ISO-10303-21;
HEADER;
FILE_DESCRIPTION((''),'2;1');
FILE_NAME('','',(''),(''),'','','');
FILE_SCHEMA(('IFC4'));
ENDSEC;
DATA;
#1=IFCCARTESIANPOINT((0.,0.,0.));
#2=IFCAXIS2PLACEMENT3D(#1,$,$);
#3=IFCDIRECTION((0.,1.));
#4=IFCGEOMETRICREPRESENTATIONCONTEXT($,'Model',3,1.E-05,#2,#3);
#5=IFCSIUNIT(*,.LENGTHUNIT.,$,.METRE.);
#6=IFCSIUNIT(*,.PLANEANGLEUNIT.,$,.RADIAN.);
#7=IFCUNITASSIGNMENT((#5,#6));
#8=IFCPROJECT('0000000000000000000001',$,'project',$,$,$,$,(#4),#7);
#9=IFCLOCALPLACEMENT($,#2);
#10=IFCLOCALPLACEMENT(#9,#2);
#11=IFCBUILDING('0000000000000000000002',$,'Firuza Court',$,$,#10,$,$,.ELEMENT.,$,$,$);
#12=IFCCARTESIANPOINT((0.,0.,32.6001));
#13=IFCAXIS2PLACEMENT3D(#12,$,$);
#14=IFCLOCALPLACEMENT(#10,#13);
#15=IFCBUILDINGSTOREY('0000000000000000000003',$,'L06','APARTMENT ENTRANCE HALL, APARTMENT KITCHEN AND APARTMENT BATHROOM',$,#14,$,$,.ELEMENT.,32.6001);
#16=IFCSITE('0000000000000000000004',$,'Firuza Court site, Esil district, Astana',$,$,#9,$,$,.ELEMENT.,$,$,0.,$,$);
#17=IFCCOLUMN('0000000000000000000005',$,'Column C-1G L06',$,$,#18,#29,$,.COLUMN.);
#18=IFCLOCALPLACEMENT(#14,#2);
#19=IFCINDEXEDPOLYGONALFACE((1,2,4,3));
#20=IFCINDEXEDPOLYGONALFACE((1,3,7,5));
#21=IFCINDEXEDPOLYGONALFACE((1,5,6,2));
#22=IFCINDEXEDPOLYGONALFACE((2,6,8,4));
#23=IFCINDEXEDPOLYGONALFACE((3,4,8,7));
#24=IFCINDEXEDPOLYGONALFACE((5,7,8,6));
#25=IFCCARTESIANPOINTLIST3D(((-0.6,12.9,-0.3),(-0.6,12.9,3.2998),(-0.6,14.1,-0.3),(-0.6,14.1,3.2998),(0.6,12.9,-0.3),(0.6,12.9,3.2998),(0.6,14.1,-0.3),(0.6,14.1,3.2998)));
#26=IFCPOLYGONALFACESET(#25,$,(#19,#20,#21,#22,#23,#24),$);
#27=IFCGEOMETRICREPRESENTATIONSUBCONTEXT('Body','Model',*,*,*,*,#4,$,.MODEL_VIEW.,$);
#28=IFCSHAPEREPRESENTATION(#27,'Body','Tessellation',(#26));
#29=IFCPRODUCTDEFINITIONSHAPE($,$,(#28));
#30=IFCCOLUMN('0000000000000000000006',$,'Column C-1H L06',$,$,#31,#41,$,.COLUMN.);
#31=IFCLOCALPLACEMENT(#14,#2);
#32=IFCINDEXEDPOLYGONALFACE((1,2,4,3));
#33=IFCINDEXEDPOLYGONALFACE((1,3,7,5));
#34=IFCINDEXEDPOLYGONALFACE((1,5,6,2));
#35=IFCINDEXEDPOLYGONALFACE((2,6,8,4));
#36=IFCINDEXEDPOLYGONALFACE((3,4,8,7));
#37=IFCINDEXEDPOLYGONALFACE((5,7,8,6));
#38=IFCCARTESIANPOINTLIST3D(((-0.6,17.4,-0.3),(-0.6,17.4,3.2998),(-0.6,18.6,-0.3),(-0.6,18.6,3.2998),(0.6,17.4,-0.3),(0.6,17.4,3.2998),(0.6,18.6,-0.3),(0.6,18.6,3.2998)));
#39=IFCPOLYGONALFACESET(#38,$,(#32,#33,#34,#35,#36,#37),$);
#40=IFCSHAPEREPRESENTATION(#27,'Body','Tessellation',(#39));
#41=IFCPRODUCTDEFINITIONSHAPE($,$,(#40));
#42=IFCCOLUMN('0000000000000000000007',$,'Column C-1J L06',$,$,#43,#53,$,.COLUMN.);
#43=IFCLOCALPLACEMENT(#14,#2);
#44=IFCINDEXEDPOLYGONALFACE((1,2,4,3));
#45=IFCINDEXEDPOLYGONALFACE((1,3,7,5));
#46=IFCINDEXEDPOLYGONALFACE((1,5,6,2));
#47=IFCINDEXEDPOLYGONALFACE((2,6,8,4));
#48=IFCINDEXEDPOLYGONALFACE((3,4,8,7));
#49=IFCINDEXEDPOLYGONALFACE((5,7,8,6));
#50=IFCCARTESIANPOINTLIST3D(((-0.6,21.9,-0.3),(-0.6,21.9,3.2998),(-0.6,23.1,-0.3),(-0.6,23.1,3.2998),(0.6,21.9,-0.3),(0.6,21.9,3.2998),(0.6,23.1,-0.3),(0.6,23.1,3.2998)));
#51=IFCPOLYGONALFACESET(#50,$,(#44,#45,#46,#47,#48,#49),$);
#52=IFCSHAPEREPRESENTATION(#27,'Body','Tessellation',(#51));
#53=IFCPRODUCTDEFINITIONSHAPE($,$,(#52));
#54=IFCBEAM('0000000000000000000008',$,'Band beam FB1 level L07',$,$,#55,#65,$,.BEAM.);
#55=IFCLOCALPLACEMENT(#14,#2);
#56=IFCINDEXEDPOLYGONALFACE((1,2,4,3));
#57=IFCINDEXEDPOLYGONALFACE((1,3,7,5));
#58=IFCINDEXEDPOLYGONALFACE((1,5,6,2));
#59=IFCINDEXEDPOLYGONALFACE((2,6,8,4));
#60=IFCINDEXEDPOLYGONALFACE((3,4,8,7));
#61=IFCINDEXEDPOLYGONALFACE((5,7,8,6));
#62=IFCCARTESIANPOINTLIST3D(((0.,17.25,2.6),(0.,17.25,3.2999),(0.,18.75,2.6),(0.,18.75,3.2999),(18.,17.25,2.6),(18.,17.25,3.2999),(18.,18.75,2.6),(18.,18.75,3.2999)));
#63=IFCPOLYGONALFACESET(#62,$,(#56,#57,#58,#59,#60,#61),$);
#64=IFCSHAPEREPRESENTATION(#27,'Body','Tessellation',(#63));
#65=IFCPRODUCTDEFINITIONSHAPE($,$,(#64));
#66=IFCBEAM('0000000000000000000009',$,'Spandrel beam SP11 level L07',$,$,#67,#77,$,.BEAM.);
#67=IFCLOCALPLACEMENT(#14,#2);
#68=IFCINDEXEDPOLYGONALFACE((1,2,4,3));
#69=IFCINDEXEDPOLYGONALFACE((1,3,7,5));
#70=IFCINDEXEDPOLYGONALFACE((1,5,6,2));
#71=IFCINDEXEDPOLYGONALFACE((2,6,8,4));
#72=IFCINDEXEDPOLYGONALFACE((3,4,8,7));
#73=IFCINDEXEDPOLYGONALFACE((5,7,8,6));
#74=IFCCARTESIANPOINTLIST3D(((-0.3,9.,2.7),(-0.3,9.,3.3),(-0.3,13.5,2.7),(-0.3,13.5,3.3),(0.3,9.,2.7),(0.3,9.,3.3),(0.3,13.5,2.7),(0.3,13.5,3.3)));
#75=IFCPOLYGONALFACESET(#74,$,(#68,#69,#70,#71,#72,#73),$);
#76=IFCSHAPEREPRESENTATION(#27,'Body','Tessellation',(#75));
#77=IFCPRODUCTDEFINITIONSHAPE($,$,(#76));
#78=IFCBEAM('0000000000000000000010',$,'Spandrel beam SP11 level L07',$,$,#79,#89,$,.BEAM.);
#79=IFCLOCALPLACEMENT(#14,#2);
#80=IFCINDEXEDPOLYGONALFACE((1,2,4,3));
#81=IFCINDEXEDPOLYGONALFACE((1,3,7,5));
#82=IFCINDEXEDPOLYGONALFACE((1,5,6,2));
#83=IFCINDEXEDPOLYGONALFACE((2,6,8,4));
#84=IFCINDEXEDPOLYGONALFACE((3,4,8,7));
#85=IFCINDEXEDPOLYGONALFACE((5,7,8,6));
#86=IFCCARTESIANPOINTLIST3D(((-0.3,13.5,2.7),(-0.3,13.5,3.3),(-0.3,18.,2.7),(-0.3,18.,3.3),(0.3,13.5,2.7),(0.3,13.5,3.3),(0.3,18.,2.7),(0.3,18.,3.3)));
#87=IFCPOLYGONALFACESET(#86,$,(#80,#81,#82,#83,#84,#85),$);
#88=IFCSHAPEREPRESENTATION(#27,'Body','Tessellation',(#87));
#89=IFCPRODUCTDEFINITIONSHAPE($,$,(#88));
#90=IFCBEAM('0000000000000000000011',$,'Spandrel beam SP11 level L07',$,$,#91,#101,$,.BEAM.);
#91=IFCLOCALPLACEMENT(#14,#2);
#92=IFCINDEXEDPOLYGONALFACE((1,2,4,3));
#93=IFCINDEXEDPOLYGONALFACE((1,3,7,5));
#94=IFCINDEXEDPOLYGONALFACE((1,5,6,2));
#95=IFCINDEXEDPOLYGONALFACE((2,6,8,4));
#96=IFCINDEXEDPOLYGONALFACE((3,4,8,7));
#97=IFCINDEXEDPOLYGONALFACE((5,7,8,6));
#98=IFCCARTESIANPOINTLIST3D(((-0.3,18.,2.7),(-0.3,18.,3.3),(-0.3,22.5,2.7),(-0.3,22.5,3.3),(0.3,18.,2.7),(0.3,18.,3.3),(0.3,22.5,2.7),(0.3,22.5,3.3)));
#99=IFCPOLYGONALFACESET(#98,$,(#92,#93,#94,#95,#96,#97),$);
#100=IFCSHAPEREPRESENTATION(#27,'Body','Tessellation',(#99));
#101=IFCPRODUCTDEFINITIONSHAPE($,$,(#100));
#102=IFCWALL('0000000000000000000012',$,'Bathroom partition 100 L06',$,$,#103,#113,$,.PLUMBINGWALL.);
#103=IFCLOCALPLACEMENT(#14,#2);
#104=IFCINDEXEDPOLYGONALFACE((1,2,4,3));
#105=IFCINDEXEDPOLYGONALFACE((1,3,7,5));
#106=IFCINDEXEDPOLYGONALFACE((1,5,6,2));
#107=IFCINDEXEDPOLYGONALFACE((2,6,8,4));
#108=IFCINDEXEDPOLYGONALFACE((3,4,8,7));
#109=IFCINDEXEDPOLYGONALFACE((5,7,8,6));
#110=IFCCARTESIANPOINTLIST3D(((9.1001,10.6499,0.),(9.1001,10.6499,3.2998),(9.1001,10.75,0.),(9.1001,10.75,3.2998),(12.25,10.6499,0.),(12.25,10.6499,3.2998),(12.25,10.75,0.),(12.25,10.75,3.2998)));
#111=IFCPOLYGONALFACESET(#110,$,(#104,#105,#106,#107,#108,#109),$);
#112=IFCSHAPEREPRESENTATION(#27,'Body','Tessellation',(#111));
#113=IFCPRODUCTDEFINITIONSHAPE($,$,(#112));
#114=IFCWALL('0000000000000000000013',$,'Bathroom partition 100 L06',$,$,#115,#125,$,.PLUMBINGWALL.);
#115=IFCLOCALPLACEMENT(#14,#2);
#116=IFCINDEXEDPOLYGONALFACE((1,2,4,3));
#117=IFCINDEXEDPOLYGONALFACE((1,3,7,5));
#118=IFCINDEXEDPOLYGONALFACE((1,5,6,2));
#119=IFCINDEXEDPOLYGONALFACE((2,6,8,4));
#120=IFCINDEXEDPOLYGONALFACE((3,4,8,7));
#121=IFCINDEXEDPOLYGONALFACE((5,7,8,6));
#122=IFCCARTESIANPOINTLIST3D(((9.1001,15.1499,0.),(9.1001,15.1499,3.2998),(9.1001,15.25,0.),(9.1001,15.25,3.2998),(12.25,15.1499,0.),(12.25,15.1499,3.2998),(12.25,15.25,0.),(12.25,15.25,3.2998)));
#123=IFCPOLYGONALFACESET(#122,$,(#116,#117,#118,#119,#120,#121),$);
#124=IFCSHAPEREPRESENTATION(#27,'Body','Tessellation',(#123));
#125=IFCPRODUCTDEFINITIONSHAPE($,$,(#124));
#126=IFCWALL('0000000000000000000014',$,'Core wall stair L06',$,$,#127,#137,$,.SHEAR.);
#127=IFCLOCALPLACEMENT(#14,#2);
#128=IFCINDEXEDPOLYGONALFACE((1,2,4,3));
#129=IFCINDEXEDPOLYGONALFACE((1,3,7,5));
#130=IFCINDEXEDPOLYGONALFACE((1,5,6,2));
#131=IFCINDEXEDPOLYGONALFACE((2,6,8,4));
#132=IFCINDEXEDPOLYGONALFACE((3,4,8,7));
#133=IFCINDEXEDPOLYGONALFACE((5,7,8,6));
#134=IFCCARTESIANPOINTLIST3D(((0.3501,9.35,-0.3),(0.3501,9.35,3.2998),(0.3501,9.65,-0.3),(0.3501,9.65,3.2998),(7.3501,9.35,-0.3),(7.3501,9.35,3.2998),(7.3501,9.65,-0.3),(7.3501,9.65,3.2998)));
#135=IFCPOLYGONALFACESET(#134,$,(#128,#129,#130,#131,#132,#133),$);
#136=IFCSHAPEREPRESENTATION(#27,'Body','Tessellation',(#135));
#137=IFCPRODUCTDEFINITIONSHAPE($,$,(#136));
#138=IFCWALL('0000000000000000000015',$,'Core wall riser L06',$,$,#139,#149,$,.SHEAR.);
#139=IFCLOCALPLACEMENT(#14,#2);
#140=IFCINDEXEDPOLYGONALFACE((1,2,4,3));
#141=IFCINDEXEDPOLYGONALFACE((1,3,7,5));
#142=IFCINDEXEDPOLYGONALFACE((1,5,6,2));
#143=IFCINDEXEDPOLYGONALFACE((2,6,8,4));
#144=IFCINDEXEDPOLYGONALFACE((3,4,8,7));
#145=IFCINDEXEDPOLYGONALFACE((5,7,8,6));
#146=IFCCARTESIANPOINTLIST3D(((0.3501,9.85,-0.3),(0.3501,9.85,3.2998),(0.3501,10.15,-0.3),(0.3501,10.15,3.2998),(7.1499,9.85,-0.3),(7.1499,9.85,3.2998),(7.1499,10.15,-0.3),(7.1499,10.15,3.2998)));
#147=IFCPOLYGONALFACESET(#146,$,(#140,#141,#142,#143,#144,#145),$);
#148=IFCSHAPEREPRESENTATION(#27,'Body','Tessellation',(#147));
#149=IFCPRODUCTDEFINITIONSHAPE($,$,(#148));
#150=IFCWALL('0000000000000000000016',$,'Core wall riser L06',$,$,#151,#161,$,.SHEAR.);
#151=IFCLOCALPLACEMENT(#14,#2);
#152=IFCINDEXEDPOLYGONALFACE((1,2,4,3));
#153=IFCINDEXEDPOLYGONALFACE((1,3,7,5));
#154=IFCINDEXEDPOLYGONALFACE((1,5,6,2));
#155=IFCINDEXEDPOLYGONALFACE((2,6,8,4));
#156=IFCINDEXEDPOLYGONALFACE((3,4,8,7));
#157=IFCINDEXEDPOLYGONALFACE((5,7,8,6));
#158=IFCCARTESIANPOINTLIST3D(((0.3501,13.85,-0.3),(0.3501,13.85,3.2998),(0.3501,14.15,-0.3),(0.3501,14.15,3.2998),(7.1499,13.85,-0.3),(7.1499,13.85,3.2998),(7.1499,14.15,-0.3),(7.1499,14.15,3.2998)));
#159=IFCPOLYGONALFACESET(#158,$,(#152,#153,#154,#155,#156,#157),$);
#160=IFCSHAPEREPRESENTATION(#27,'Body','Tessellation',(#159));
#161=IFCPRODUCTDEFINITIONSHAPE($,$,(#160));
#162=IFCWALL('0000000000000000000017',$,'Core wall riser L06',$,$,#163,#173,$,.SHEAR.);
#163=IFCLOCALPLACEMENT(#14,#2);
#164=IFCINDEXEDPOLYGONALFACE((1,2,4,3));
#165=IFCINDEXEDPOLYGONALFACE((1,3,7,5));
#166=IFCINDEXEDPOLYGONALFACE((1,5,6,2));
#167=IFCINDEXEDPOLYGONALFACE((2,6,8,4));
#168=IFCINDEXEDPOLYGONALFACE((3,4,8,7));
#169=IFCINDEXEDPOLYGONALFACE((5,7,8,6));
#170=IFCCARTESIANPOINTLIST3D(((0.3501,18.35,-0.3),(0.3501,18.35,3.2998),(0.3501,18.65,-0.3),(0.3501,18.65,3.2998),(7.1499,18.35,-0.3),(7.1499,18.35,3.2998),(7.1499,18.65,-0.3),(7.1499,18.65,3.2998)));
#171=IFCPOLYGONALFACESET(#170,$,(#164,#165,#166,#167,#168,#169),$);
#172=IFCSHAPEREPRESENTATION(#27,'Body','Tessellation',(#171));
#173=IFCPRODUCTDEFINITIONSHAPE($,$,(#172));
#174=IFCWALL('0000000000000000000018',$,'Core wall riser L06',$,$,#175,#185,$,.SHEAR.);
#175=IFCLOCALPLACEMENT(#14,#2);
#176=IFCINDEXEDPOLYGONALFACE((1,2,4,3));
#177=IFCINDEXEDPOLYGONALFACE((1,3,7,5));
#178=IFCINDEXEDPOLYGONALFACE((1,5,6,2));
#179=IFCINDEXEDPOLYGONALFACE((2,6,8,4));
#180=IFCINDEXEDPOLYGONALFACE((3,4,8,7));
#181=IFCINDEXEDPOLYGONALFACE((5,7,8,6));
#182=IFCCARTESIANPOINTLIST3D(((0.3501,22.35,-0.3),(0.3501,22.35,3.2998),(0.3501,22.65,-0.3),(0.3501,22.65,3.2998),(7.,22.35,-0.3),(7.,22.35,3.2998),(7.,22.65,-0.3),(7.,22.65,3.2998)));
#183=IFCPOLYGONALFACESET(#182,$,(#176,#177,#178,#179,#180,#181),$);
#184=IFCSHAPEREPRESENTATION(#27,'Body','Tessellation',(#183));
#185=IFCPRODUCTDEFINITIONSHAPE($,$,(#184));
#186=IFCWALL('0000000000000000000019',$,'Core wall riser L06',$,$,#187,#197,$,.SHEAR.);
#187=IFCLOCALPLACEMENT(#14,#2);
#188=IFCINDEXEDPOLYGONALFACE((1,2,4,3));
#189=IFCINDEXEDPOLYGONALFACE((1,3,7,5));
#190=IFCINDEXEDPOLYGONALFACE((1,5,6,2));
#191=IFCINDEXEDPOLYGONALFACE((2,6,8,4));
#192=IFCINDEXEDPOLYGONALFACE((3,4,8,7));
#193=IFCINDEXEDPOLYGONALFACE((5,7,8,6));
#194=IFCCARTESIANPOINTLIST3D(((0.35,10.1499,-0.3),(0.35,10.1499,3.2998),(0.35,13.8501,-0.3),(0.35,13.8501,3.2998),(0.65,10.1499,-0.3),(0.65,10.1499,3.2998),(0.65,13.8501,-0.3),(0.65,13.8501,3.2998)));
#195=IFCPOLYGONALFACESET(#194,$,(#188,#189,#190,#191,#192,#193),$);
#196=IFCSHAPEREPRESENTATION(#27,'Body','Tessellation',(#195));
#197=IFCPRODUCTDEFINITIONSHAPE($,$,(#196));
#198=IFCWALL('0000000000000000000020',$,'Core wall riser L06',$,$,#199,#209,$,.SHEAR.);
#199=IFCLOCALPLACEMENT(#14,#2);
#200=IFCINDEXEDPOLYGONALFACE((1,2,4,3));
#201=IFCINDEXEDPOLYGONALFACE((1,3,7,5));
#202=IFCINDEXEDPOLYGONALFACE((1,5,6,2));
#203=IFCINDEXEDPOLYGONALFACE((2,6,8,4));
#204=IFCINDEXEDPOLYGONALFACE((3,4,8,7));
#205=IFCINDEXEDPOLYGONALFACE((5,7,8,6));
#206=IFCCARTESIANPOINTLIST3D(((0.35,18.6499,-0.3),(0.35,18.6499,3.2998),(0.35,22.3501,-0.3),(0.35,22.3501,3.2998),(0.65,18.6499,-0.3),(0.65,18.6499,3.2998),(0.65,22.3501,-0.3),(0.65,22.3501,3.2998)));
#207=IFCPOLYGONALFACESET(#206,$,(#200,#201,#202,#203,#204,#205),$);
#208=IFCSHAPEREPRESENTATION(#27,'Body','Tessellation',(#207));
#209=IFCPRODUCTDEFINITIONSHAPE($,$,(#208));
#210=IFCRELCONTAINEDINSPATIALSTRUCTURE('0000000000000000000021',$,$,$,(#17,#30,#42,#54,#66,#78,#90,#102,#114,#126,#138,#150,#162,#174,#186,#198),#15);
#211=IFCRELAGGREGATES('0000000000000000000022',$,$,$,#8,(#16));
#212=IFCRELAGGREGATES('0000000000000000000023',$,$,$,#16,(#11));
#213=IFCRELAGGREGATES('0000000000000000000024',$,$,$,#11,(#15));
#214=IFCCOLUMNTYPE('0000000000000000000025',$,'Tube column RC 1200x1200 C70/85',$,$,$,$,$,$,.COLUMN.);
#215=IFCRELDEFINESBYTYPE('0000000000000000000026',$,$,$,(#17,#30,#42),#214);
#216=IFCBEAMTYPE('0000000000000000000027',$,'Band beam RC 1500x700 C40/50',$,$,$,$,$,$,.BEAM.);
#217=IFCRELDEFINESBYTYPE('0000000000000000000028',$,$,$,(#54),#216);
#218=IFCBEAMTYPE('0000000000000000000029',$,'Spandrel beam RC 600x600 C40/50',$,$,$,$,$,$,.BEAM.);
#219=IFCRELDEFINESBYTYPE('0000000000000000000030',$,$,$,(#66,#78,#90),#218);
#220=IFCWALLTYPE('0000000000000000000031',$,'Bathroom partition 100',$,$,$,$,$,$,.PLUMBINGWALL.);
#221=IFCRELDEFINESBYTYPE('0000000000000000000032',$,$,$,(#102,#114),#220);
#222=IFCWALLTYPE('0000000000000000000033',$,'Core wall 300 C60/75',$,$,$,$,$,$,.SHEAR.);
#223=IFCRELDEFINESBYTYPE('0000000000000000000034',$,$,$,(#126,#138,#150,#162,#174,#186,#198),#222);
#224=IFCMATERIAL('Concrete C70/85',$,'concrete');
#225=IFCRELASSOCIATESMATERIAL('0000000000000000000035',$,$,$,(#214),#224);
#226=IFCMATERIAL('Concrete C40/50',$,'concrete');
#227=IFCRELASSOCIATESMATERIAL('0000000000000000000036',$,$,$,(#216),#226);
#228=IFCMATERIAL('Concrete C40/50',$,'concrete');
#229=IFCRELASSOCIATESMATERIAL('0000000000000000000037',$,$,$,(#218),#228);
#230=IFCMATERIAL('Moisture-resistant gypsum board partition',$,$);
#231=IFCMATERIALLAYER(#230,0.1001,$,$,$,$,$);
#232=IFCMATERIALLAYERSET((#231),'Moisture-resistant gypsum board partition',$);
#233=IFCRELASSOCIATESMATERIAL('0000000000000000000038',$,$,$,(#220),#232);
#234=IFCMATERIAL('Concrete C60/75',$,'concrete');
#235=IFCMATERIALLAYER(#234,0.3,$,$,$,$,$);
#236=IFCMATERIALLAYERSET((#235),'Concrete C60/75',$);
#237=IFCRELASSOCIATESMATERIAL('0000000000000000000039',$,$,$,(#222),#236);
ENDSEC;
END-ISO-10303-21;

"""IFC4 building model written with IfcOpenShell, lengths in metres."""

from ifc_helpers import new_model, si_unit, direction, frame, frame_2d, origin, origin_2d, place, context, subcontext, project, spatial, rectangle, extrude, material, layer, layer_set, material_profile, profile_set, type_object, element, save


model = new_model("IFC4")

# Units and contexts
model_context = context("Model", 3, precision=1e-05, world=origin(), true_north=direction((0.0, 1.0)))
body_context = subcontext(model_context, "Body", "Model", "MODEL_VIEW")
ifc_project = project(units=[si_unit("LENGTHUNIT", "METRE"), si_unit("PLANEANGLEUNIT", "RADIAN")], contexts=[model_context])

# Site, building, storey
site_placement = place(None, origin())
site = spatial("IfcSite", under=ifc_project, at=site_placement, Name="Firuza Court site, Esil district, Astana", CompositionType="ELEMENT", RefElevation=0.0)
building_placement = place(site_placement, origin())
building = spatial("IfcBuilding", under=site, at=building_placement, Name="Firuza Court", CompositionType="ELEMENT")
storey_placement = place(building_placement, frame((0.0, 0.0, 32.6001)))
storey = spatial("IfcBuildingStorey", under=building, at=storey_placement, Name="L06", Description="APARTMENT ENTRANCE HALL, APARTMENT KITCHEN AND APARTMENT BATHROOM", CompositionType="ELEMENT", Elevation=32.6001)

# Columns
ifc_material_1 = material(Name="Concrete C70/85", Category="concrete")
ifc_material_profile_1 = material_profile(ifc_material_1, rectangle(XDim=1.2, YDim=1.2, at=origin_2d()), Name="RC 1200x1200")
ifc_profile_set_1 = profile_set([ifc_material_profile_1], Name="Concrete C70/85")
column_type = type_object("IfcColumnType", Name="Tube column RC 1200x1200 C70/85", PredefinedType="COLUMN", material=ifc_profile_set_1)
for number, where, z_axis, x_axis, name in (
    (1, (0.0, 13.5, -0.3), (0.0, 0.0, 1.0), (1.0, 0.0, 0.0), "Column C-1G L06"),
    (2, (0.0, 18.0, -0.3), (0.0, 0.0, 1.0), (1.0, 0.0, 0.0), "Column C-1H L06"),
    (3, (0.0, 22.5, -0.3), (0.0, 0.0, 1.0), (1.0, 0.0, 0.0), "Column C-1J L06"),
):
    element("IfcColumn", number, at=place(storey_placement, frame(where, z_axis=z_axis, x_axis=x_axis)), inside=storey, type_object=column_type, Name=name, PredefinedType="COLUMN", context=body_context, shape_type="SweptSolid", body=[
        extrude(rectangle(XDim=1.2, YDim=1.2, at=origin_2d()), origin(), (0.0, 0.0, 1.0), 3.5999),
    ])

# Beams
ifc_material_2 = material(Name="Concrete C40/50", Category="concrete")
ifc_material_profile_2 = material_profile(ifc_material_2, rectangle(XDim=1.5, YDim=0.7, at=origin_2d()), Name="RC 1500x700")
ifc_profile_set_2 = profile_set([ifc_material_profile_2], Name="Concrete C40/50")
beam_type_1 = type_object("IfcBeamType", Name="Band beam RC 1500x700 C40/50", PredefinedType="BEAM", material=ifc_profile_set_2)
beam_placement = place(storey_placement, frame((0.0, 18.0, 2.95), z_axis=(1.0, 0.0, 0.0), x_axis=(0.0, 1.0, 0.0)))
element("IfcBeam", 4, at=beam_placement, inside=storey, type_object=beam_type_1, Name="Band beam FB1 level L07", PredefinedType="BEAM", context=body_context, shape_type="SweptSolid", body=[
    extrude(rectangle(XDim=1.5, YDim=0.7, at=origin_2d()), origin(), (0.0, 0.0, 1.0), 18.0),
])
ifc_material_3 = material(Name="Concrete C40/50", Category="concrete")
ifc_material_profile_3 = material_profile(ifc_material_3, rectangle(XDim=0.6001, YDim=0.6001, at=origin_2d()), Name="RC 600x600")
ifc_profile_set_3 = profile_set([ifc_material_profile_3], Name="Concrete C40/50")
beam_type_2 = type_object("IfcBeamType", Name="Spandrel beam RC 600x600 C40/50", PredefinedType="BEAM", material=ifc_profile_set_3)
for number, where, z_axis, x_axis, name in (
    (5, (0.0, 13.5, 3.0), (0.0, -1.0, 0.0), (1.0, 0.0, 0.0), "Spandrel beam SP11 level L07"),
    (6, (0.0, 18.0, 3.0), (0.0, -1.0, 0.0), (1.0, 0.0, 0.0), "Spandrel beam SP11 level L07"),
    (7, (0.0, 22.5, 3.0), (0.0, -1.0, 0.0), (1.0, 0.0, 0.0), "Spandrel beam SP11 level L07"),
):
    element("IfcBeam", number, at=place(storey_placement, frame(where, z_axis=z_axis, x_axis=x_axis)), inside=storey, type_object=beam_type_2, Name=name, PredefinedType="BEAM", context=body_context, shape_type="SweptSolid", body=[
        extrude(rectangle(XDim=0.6001, YDim=0.6001, at=origin_2d()), origin(), (0.0, 0.0, 1.0), 4.5),
    ])

# Walls
ifc_material_4 = material(Name="Moisture-resistant gypsum board partition")
ifc_layer_1 = layer(ifc_material_4, 0.1001)
ifc_layer_set_1 = layer_set([ifc_layer_1], Name="Moisture-resistant gypsum board partition")
wall_type_1 = type_object("IfcWallType", Name="Bathroom partition 100", PredefinedType="PLUMBINGWALL", material=ifc_layer_set_1)
for number, where, z_axis, x_axis, name in (
    (8, (9.1001, 10.7, 0.0), (0.0, 0.0, 1.0), (1.0, 0.0, 0.0), "Bathroom partition 100 L06"),
    (9, (9.1001, 15.2, 0.0), (0.0, 0.0, 1.0), (1.0, 0.0, 0.0), "Bathroom partition 100 L06"),
):
    element("IfcWall", number, at=place(storey_placement, frame(where, z_axis=z_axis, x_axis=x_axis)), inside=storey, type_object=wall_type_1, Name=name, PredefinedType="PLUMBINGWALL", context=body_context, shape_type="SweptSolid", body=[
        extrude(rectangle(XDim=3.1499, YDim=0.1001, at=frame_2d((1.575, 0.0))), origin(), (0.0, 0.0, 1.0), 3.2998),
    ])
ifc_material_5 = material(Name="Concrete C60/75", Category="concrete")
ifc_layer_2 = layer(ifc_material_5, 0.3)
ifc_layer_set_2 = layer_set([ifc_layer_2], Name="Concrete C60/75")
wall_type_2 = type_object("IfcWallType", Name="Core wall 300 C60/75", PredefinedType="SHEAR", material=ifc_layer_set_2)
wall_1_placement = place(storey_placement, frame((0.3501, 9.5, -0.3), z_axis=(0.0, 0.0, 1.0), x_axis=(1.0, 0.0, 0.0)))
element("IfcWall", 10, at=wall_1_placement, inside=storey, type_object=wall_type_2, Name="Core wall stair L06", PredefinedType="SHEAR", context=body_context, shape_type="SweptSolid", body=[
    extrude(rectangle(XDim=7.0, YDim=0.3, at=frame_2d((3.5, 0.0))), origin(), (0.0, 0.0, 1.0), 3.5999),
])
for number, where, z_axis, x_axis, name in (
    (11, (0.3501, 10.0, -0.3), (0.0, 0.0, 1.0), (1.0, 0.0, 0.0), "Core wall riser L06"),
    (12, (0.3501, 14.0, -0.3), (0.0, 0.0, 1.0), (1.0, 0.0, 0.0), "Core wall riser L06"),
    (13, (0.3501, 18.5, -0.3), (0.0, 0.0, 1.0), (1.0, 0.0, 0.0), "Core wall riser L06"),
):
    element("IfcWall", number, at=place(storey_placement, frame(where, z_axis=z_axis, x_axis=x_axis)), inside=storey, type_object=wall_type_2, Name=name, PredefinedType="SHEAR", context=body_context, shape_type="SweptSolid", body=[
        extrude(rectangle(XDim=6.7998, YDim=0.3, at=frame_2d((3.3999, 0.0))), origin(), (0.0, 0.0, 1.0), 3.5999),
    ])
wall_2_placement = place(storey_placement, frame((0.3501, 22.5, -0.3), z_axis=(0.0, 0.0, 1.0), x_axis=(1.0, 0.0, 0.0)))
element("IfcWall", 14, at=wall_2_placement, inside=storey, type_object=wall_type_2, Name="Core wall riser L06", PredefinedType="SHEAR", context=body_context, shape_type="SweptSolid", body=[
    extrude(rectangle(XDim=6.6499, YDim=0.3, at=frame_2d((3.325, 0.0))), origin(), (0.0, 0.0, 1.0), 3.5999),
])
for number, where, z_axis, x_axis, name in (
    (15, (0.5, 10.1499, -0.3), (0.0, 0.0, 1.0), (0.0, 1.0, 0.0), "Core wall riser L06"),
    (16, (0.5, 18.6499, -0.3), (0.0, 0.0, 1.0), (0.0, 1.0, 0.0), "Core wall riser L06"),
):
    element("IfcWall", number, at=place(storey_placement, frame(where, z_axis=z_axis, x_axis=x_axis)), inside=storey, type_object=wall_type_2, Name=name, PredefinedType="SHEAR", context=body_context, shape_type="SweptSolid", body=[
        extrude(rectangle(XDim=3.7002, YDim=0.3, at=frame_2d((1.8501, 0.0))), origin(), (0.0, 0.0, 1.0), 3.5999),
    ])

save(model, "model.ifc")
